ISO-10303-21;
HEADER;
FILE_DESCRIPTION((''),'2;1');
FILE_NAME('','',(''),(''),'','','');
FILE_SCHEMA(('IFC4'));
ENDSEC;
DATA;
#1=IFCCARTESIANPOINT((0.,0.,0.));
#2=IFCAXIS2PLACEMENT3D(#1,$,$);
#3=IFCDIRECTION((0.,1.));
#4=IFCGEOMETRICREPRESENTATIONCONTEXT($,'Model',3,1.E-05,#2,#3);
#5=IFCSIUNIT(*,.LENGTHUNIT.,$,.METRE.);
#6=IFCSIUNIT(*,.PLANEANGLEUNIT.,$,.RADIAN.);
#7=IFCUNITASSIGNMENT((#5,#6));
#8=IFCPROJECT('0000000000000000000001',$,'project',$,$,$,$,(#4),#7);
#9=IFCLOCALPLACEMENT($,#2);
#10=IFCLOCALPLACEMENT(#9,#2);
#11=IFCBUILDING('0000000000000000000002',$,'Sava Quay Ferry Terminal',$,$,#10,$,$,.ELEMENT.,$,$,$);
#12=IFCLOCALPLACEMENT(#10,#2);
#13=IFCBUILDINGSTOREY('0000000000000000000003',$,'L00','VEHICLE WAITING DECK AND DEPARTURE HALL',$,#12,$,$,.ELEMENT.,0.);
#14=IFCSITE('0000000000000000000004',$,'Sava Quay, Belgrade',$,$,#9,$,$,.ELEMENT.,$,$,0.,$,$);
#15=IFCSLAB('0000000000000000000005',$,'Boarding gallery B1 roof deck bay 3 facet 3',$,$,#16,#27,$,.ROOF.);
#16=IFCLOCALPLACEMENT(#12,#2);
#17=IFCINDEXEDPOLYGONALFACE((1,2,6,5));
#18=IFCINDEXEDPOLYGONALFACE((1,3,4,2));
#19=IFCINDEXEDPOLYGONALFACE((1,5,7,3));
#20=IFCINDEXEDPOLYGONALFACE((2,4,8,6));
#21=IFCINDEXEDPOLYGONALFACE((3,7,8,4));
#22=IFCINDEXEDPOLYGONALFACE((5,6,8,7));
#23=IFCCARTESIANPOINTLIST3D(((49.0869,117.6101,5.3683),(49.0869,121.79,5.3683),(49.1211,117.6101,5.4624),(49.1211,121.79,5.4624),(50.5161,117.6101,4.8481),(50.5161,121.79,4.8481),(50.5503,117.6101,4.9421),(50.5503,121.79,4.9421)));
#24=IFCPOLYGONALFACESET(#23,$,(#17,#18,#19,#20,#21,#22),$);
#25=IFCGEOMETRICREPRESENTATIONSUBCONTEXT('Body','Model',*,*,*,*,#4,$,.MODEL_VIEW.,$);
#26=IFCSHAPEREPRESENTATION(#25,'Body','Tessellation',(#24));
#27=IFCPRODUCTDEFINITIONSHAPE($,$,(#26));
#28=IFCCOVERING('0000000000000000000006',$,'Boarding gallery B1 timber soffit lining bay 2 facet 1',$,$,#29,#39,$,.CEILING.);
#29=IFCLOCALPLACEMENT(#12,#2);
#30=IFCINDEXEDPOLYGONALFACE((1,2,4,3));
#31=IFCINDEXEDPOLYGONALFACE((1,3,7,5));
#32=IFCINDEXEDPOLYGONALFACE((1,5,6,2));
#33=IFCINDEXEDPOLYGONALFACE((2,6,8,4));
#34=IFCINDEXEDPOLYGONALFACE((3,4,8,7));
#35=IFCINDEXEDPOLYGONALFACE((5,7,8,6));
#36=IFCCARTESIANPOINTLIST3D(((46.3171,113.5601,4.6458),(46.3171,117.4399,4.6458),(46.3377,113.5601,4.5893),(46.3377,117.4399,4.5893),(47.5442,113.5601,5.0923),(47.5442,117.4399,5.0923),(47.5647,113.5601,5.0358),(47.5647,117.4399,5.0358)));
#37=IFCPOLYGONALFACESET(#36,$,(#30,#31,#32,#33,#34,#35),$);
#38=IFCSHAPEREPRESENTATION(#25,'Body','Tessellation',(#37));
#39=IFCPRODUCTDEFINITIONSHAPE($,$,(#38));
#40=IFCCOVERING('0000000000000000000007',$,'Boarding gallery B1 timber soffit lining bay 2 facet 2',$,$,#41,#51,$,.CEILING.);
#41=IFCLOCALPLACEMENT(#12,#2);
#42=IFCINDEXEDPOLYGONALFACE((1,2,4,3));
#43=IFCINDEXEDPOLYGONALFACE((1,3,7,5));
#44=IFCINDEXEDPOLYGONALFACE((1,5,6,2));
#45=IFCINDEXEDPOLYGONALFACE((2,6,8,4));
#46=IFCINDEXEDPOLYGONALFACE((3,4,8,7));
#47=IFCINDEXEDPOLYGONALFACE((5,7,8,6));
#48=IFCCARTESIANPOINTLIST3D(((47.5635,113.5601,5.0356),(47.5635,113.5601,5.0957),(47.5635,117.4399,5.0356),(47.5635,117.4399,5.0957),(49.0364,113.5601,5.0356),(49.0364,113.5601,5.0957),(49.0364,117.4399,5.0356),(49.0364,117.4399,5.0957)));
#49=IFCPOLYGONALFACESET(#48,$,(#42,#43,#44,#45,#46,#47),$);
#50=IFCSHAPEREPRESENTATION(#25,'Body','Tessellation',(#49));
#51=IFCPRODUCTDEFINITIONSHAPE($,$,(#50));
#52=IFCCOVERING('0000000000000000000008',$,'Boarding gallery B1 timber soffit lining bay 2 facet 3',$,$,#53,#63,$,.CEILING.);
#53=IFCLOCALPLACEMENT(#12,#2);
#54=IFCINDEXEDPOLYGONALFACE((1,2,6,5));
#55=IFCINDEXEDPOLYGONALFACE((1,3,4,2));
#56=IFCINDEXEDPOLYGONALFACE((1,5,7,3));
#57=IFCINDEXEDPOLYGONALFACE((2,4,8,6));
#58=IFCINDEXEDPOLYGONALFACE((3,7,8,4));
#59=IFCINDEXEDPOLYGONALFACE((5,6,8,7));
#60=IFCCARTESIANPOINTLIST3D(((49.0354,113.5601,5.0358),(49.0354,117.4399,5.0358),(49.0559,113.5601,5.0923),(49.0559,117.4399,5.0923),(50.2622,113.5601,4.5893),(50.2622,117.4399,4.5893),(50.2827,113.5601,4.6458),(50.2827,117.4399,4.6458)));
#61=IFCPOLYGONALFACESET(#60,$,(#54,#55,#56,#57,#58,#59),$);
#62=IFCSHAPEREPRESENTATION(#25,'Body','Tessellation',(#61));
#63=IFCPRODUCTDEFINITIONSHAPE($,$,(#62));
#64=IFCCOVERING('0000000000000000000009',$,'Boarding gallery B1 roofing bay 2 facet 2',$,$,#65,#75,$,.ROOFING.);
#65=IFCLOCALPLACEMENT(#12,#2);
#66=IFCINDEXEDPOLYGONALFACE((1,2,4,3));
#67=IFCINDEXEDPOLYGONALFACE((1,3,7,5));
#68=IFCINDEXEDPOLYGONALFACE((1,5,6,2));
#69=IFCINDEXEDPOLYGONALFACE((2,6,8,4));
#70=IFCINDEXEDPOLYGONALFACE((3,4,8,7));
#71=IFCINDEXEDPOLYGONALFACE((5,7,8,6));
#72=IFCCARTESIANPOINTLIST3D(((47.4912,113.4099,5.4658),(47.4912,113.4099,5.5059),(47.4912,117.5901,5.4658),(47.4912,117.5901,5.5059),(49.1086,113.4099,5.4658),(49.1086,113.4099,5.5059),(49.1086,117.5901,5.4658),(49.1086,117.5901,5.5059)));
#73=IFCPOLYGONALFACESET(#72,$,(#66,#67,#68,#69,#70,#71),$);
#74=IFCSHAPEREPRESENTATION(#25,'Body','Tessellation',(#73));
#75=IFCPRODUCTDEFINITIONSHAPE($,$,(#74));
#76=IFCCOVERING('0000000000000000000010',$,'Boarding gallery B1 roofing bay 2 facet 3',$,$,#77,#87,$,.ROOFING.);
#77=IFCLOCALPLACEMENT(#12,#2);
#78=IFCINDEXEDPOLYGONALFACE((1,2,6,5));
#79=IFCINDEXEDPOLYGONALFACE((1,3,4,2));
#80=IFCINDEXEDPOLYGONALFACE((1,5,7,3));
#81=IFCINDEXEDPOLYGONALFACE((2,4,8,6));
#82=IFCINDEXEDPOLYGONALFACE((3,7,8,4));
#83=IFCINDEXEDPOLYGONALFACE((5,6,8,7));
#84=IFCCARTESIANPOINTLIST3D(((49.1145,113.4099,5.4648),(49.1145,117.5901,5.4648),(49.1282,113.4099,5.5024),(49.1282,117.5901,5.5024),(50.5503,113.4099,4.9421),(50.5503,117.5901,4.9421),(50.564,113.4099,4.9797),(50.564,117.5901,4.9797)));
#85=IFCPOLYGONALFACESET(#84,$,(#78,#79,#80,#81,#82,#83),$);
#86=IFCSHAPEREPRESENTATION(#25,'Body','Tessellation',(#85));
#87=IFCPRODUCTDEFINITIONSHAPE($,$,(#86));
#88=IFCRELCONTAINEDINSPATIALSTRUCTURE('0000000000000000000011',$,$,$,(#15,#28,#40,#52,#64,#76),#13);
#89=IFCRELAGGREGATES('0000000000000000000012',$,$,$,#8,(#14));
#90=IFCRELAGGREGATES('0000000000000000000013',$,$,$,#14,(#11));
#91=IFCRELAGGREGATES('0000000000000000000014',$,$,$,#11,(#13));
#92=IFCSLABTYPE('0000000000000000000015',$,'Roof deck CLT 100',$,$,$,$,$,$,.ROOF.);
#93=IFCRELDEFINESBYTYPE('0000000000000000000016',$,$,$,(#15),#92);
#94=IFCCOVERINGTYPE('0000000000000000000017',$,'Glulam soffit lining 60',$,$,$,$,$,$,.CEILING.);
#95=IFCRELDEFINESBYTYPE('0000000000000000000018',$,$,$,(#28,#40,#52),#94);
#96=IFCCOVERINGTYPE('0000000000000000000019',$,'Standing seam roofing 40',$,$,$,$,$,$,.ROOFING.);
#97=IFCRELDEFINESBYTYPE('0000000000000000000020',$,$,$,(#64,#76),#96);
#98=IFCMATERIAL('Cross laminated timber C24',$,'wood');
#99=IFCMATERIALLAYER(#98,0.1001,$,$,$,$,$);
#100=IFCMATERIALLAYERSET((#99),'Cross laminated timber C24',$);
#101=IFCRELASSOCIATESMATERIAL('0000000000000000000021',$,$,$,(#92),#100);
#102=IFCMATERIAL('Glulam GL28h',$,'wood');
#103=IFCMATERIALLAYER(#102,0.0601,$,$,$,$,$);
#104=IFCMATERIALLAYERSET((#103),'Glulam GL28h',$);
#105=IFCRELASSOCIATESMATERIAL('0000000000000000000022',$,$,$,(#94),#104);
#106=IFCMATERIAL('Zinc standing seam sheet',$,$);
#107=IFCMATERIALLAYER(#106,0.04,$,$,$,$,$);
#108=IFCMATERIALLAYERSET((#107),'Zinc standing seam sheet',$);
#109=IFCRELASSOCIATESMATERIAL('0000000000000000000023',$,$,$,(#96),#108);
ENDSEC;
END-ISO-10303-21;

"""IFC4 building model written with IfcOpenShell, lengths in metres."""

from ifc_helpers import new_model, si_unit, direction, frame, origin, place, context, subcontext, project, spatial, polyline, outline, extrude, material, layer, layer_set, type_object, element, save


model = new_model("IFC4")

# Units and contexts
model_context = context("Model", 3, precision=1e-05, world=origin(), true_north=direction((0.0, 1.0)))
body_context = subcontext(model_context, "Body", "Model", "MODEL_VIEW")
ifc_project = project(units=[si_unit("LENGTHUNIT", "METRE"), si_unit("PLANEANGLEUNIT", "RADIAN")], contexts=[model_context])

# Site, building, storey
site_placement = place(None, origin())
site = spatial("IfcSite", under=ifc_project, at=site_placement, Name="Sava Quay, Belgrade", CompositionType="ELEMENT", RefElevation=0.0)
building_placement = place(site_placement, origin())
building = spatial("IfcBuilding", under=site, at=building_placement, Name="Sava Quay Ferry Terminal", CompositionType="ELEMENT")
storey_placement = place(building_placement, origin())
storey = spatial("IfcBuildingStorey", under=building, at=storey_placement, Name="L00", Description="VEHICLE WAITING DECK AND DEPARTURE HALL", CompositionType="ELEMENT", Elevation=0.0)

# Slab
ifc_material_1 = material(Name="Cross laminated timber C24", Category="wood")
ifc_layer_1 = layer(ifc_material_1, 0.1001)
ifc_layer_set_1 = layer_set([ifc_layer_1], Name="Cross laminated timber C24")
slab_type = type_object("IfcSlabType", Name="Roof deck CLT 100", PredefinedType="ROOF", material=ifc_layer_set_1)
slab_1_placement = place(storey_placement, frame((49.1211, 117.6101, 5.4624), z_axis=(0.342065, 0.0, 0.939676), x_axis=(0.939676, 0.0, -0.342065)))
element("IfcSlab", 1, at=slab_1_placement, inside=storey, type_object=slab_type, Name="Boarding gallery B1 roof deck bay 3 facet 3", PredefinedType="ROOF", context=body_context, shape_type="SweptSolid", body=[
    extrude(outline(polyline([(0.0, 0.0), (1.5209, 0.0), (1.5209, 4.1799), (0.0, 4.1799), (0.0, 0.0)])), origin(), (0.0, 0.0, -1.0), 0.1001),
])

# Coverings
ifc_material_2 = material(Name="Glulam GL28h", Category="wood")
ifc_layer_2 = layer(ifc_material_2, 0.0601)
ifc_layer_set_2 = layer_set([ifc_layer_2], Name="Glulam GL28h")
covering_type_1 = type_object("IfcCoveringType", Name="Glulam soffit lining 60", PredefinedType="CEILING", material=ifc_layer_set_2)
covering_1_placement = place(storey_placement, frame((46.3171, 113.5601, 4.6458), z_axis=(-0.341968, 0.0, 0.939712), x_axis=(0.939712, 0.0, 0.341968)))
element("IfcCovering", 2, at=covering_1_placement, inside=storey, type_object=covering_type_1, Name="Boarding gallery B1 timber soffit lining bay 2 facet 1", PredefinedType="CEILING", context=body_context, shape_type="SweptSolid", body=[
    extrude(outline(polyline([(0.0, 0.0), (1.3058, 0.0), (1.3058, 3.8799), (0.0, 3.8799), (0.0, 0.0)])), origin(), (0.0, 0.0, -1.0), 0.0601),
])
covering_2_placement = place(storey_placement, frame((47.5635, 113.5601, 5.0957), z_axis=(0.0, 0.0, 1.0), x_axis=(1.0, 0.0, 0.0)))
element("IfcCovering", 3, at=covering_2_placement, inside=storey, type_object=covering_type_1, Name="Boarding gallery B1 timber soffit lining bay 2 facet 2", PredefinedType="CEILING", context=body_context, shape_type="SweptSolid", body=[
    extrude(outline(polyline([(0.0, 0.0), (1.4729, 0.0), (1.4729, 3.8799), (0.0, 3.8799), (0.0, 0.0)])), origin(), (0.0, 0.0, -1.0), 0.0601),
])
covering_3_placement = place(storey_placement, frame((49.0559, 113.5601, 5.0923), z_axis=(0.342028, 0.0, 0.93969), x_axis=(0.93969, 0.0, -0.342028)))
element("IfcCovering", 4, at=covering_3_placement, inside=storey, type_object=covering_type_1, Name="Boarding gallery B1 timber soffit lining bay 2 facet 3", PredefinedType="CEILING", context=body_context, shape_type="SweptSolid", body=[
    extrude(outline(polyline([(0.0, 0.0), (1.3055, 0.0), (1.3055, 3.8799), (0.0, 3.8799), (0.0, 0.0)])), origin(), (0.0, 0.0, -1.0), 0.0601),
])
ifc_material_3 = material(Name="Zinc standing seam sheet")
ifc_layer_3 = layer(ifc_material_3, 0.04)
ifc_layer_set_3 = layer_set([ifc_layer_3], Name="Zinc standing seam sheet")
covering_type_2 = type_object("IfcCoveringType", Name="Standing seam roofing 40", PredefinedType="ROOFING", material=ifc_layer_set_3)
covering_4_placement = place(storey_placement, frame((47.4912, 113.4099, 5.5059), z_axis=(0.0, 0.0, 1.0), x_axis=(1.0, 0.0, 0.0)))
element("IfcCovering", 5, at=covering_4_placement, inside=storey, type_object=covering_type_2, Name="Boarding gallery B1 roofing bay 2 facet 2", PredefinedType="ROOFING", context=body_context, shape_type="SweptSolid", body=[
    extrude(outline(polyline([(0.0, 0.0), (1.6174, 0.0), (1.6174, 4.1802), (0.0, 4.1802), (0.0, 0.0)])), origin(), (0.0, 0.0, -1.0), 0.04),
])
covering_5_placement = place(storey_placement, frame((49.1282, 113.4099, 5.5024), z_axis=(0.342089, 0.0, 0.939667), x_axis=(0.939667, 0.0, -0.342089)))
element("IfcCovering", 6, at=covering_5_placement, inside=storey, type_object=covering_type_2, Name="Boarding gallery B1 roofing bay 2 facet 3", PredefinedType="ROOFING", context=body_context, shape_type="SweptSolid", body=[
    extrude(outline(polyline([(0.0, 0.0), (1.528, 0.0), (1.528, 4.1802), (0.0, 4.1802), (0.0, 0.0)])), origin(), (0.0, 0.0, -1.0), 0.04),
])

save(model, "model.ifc")
